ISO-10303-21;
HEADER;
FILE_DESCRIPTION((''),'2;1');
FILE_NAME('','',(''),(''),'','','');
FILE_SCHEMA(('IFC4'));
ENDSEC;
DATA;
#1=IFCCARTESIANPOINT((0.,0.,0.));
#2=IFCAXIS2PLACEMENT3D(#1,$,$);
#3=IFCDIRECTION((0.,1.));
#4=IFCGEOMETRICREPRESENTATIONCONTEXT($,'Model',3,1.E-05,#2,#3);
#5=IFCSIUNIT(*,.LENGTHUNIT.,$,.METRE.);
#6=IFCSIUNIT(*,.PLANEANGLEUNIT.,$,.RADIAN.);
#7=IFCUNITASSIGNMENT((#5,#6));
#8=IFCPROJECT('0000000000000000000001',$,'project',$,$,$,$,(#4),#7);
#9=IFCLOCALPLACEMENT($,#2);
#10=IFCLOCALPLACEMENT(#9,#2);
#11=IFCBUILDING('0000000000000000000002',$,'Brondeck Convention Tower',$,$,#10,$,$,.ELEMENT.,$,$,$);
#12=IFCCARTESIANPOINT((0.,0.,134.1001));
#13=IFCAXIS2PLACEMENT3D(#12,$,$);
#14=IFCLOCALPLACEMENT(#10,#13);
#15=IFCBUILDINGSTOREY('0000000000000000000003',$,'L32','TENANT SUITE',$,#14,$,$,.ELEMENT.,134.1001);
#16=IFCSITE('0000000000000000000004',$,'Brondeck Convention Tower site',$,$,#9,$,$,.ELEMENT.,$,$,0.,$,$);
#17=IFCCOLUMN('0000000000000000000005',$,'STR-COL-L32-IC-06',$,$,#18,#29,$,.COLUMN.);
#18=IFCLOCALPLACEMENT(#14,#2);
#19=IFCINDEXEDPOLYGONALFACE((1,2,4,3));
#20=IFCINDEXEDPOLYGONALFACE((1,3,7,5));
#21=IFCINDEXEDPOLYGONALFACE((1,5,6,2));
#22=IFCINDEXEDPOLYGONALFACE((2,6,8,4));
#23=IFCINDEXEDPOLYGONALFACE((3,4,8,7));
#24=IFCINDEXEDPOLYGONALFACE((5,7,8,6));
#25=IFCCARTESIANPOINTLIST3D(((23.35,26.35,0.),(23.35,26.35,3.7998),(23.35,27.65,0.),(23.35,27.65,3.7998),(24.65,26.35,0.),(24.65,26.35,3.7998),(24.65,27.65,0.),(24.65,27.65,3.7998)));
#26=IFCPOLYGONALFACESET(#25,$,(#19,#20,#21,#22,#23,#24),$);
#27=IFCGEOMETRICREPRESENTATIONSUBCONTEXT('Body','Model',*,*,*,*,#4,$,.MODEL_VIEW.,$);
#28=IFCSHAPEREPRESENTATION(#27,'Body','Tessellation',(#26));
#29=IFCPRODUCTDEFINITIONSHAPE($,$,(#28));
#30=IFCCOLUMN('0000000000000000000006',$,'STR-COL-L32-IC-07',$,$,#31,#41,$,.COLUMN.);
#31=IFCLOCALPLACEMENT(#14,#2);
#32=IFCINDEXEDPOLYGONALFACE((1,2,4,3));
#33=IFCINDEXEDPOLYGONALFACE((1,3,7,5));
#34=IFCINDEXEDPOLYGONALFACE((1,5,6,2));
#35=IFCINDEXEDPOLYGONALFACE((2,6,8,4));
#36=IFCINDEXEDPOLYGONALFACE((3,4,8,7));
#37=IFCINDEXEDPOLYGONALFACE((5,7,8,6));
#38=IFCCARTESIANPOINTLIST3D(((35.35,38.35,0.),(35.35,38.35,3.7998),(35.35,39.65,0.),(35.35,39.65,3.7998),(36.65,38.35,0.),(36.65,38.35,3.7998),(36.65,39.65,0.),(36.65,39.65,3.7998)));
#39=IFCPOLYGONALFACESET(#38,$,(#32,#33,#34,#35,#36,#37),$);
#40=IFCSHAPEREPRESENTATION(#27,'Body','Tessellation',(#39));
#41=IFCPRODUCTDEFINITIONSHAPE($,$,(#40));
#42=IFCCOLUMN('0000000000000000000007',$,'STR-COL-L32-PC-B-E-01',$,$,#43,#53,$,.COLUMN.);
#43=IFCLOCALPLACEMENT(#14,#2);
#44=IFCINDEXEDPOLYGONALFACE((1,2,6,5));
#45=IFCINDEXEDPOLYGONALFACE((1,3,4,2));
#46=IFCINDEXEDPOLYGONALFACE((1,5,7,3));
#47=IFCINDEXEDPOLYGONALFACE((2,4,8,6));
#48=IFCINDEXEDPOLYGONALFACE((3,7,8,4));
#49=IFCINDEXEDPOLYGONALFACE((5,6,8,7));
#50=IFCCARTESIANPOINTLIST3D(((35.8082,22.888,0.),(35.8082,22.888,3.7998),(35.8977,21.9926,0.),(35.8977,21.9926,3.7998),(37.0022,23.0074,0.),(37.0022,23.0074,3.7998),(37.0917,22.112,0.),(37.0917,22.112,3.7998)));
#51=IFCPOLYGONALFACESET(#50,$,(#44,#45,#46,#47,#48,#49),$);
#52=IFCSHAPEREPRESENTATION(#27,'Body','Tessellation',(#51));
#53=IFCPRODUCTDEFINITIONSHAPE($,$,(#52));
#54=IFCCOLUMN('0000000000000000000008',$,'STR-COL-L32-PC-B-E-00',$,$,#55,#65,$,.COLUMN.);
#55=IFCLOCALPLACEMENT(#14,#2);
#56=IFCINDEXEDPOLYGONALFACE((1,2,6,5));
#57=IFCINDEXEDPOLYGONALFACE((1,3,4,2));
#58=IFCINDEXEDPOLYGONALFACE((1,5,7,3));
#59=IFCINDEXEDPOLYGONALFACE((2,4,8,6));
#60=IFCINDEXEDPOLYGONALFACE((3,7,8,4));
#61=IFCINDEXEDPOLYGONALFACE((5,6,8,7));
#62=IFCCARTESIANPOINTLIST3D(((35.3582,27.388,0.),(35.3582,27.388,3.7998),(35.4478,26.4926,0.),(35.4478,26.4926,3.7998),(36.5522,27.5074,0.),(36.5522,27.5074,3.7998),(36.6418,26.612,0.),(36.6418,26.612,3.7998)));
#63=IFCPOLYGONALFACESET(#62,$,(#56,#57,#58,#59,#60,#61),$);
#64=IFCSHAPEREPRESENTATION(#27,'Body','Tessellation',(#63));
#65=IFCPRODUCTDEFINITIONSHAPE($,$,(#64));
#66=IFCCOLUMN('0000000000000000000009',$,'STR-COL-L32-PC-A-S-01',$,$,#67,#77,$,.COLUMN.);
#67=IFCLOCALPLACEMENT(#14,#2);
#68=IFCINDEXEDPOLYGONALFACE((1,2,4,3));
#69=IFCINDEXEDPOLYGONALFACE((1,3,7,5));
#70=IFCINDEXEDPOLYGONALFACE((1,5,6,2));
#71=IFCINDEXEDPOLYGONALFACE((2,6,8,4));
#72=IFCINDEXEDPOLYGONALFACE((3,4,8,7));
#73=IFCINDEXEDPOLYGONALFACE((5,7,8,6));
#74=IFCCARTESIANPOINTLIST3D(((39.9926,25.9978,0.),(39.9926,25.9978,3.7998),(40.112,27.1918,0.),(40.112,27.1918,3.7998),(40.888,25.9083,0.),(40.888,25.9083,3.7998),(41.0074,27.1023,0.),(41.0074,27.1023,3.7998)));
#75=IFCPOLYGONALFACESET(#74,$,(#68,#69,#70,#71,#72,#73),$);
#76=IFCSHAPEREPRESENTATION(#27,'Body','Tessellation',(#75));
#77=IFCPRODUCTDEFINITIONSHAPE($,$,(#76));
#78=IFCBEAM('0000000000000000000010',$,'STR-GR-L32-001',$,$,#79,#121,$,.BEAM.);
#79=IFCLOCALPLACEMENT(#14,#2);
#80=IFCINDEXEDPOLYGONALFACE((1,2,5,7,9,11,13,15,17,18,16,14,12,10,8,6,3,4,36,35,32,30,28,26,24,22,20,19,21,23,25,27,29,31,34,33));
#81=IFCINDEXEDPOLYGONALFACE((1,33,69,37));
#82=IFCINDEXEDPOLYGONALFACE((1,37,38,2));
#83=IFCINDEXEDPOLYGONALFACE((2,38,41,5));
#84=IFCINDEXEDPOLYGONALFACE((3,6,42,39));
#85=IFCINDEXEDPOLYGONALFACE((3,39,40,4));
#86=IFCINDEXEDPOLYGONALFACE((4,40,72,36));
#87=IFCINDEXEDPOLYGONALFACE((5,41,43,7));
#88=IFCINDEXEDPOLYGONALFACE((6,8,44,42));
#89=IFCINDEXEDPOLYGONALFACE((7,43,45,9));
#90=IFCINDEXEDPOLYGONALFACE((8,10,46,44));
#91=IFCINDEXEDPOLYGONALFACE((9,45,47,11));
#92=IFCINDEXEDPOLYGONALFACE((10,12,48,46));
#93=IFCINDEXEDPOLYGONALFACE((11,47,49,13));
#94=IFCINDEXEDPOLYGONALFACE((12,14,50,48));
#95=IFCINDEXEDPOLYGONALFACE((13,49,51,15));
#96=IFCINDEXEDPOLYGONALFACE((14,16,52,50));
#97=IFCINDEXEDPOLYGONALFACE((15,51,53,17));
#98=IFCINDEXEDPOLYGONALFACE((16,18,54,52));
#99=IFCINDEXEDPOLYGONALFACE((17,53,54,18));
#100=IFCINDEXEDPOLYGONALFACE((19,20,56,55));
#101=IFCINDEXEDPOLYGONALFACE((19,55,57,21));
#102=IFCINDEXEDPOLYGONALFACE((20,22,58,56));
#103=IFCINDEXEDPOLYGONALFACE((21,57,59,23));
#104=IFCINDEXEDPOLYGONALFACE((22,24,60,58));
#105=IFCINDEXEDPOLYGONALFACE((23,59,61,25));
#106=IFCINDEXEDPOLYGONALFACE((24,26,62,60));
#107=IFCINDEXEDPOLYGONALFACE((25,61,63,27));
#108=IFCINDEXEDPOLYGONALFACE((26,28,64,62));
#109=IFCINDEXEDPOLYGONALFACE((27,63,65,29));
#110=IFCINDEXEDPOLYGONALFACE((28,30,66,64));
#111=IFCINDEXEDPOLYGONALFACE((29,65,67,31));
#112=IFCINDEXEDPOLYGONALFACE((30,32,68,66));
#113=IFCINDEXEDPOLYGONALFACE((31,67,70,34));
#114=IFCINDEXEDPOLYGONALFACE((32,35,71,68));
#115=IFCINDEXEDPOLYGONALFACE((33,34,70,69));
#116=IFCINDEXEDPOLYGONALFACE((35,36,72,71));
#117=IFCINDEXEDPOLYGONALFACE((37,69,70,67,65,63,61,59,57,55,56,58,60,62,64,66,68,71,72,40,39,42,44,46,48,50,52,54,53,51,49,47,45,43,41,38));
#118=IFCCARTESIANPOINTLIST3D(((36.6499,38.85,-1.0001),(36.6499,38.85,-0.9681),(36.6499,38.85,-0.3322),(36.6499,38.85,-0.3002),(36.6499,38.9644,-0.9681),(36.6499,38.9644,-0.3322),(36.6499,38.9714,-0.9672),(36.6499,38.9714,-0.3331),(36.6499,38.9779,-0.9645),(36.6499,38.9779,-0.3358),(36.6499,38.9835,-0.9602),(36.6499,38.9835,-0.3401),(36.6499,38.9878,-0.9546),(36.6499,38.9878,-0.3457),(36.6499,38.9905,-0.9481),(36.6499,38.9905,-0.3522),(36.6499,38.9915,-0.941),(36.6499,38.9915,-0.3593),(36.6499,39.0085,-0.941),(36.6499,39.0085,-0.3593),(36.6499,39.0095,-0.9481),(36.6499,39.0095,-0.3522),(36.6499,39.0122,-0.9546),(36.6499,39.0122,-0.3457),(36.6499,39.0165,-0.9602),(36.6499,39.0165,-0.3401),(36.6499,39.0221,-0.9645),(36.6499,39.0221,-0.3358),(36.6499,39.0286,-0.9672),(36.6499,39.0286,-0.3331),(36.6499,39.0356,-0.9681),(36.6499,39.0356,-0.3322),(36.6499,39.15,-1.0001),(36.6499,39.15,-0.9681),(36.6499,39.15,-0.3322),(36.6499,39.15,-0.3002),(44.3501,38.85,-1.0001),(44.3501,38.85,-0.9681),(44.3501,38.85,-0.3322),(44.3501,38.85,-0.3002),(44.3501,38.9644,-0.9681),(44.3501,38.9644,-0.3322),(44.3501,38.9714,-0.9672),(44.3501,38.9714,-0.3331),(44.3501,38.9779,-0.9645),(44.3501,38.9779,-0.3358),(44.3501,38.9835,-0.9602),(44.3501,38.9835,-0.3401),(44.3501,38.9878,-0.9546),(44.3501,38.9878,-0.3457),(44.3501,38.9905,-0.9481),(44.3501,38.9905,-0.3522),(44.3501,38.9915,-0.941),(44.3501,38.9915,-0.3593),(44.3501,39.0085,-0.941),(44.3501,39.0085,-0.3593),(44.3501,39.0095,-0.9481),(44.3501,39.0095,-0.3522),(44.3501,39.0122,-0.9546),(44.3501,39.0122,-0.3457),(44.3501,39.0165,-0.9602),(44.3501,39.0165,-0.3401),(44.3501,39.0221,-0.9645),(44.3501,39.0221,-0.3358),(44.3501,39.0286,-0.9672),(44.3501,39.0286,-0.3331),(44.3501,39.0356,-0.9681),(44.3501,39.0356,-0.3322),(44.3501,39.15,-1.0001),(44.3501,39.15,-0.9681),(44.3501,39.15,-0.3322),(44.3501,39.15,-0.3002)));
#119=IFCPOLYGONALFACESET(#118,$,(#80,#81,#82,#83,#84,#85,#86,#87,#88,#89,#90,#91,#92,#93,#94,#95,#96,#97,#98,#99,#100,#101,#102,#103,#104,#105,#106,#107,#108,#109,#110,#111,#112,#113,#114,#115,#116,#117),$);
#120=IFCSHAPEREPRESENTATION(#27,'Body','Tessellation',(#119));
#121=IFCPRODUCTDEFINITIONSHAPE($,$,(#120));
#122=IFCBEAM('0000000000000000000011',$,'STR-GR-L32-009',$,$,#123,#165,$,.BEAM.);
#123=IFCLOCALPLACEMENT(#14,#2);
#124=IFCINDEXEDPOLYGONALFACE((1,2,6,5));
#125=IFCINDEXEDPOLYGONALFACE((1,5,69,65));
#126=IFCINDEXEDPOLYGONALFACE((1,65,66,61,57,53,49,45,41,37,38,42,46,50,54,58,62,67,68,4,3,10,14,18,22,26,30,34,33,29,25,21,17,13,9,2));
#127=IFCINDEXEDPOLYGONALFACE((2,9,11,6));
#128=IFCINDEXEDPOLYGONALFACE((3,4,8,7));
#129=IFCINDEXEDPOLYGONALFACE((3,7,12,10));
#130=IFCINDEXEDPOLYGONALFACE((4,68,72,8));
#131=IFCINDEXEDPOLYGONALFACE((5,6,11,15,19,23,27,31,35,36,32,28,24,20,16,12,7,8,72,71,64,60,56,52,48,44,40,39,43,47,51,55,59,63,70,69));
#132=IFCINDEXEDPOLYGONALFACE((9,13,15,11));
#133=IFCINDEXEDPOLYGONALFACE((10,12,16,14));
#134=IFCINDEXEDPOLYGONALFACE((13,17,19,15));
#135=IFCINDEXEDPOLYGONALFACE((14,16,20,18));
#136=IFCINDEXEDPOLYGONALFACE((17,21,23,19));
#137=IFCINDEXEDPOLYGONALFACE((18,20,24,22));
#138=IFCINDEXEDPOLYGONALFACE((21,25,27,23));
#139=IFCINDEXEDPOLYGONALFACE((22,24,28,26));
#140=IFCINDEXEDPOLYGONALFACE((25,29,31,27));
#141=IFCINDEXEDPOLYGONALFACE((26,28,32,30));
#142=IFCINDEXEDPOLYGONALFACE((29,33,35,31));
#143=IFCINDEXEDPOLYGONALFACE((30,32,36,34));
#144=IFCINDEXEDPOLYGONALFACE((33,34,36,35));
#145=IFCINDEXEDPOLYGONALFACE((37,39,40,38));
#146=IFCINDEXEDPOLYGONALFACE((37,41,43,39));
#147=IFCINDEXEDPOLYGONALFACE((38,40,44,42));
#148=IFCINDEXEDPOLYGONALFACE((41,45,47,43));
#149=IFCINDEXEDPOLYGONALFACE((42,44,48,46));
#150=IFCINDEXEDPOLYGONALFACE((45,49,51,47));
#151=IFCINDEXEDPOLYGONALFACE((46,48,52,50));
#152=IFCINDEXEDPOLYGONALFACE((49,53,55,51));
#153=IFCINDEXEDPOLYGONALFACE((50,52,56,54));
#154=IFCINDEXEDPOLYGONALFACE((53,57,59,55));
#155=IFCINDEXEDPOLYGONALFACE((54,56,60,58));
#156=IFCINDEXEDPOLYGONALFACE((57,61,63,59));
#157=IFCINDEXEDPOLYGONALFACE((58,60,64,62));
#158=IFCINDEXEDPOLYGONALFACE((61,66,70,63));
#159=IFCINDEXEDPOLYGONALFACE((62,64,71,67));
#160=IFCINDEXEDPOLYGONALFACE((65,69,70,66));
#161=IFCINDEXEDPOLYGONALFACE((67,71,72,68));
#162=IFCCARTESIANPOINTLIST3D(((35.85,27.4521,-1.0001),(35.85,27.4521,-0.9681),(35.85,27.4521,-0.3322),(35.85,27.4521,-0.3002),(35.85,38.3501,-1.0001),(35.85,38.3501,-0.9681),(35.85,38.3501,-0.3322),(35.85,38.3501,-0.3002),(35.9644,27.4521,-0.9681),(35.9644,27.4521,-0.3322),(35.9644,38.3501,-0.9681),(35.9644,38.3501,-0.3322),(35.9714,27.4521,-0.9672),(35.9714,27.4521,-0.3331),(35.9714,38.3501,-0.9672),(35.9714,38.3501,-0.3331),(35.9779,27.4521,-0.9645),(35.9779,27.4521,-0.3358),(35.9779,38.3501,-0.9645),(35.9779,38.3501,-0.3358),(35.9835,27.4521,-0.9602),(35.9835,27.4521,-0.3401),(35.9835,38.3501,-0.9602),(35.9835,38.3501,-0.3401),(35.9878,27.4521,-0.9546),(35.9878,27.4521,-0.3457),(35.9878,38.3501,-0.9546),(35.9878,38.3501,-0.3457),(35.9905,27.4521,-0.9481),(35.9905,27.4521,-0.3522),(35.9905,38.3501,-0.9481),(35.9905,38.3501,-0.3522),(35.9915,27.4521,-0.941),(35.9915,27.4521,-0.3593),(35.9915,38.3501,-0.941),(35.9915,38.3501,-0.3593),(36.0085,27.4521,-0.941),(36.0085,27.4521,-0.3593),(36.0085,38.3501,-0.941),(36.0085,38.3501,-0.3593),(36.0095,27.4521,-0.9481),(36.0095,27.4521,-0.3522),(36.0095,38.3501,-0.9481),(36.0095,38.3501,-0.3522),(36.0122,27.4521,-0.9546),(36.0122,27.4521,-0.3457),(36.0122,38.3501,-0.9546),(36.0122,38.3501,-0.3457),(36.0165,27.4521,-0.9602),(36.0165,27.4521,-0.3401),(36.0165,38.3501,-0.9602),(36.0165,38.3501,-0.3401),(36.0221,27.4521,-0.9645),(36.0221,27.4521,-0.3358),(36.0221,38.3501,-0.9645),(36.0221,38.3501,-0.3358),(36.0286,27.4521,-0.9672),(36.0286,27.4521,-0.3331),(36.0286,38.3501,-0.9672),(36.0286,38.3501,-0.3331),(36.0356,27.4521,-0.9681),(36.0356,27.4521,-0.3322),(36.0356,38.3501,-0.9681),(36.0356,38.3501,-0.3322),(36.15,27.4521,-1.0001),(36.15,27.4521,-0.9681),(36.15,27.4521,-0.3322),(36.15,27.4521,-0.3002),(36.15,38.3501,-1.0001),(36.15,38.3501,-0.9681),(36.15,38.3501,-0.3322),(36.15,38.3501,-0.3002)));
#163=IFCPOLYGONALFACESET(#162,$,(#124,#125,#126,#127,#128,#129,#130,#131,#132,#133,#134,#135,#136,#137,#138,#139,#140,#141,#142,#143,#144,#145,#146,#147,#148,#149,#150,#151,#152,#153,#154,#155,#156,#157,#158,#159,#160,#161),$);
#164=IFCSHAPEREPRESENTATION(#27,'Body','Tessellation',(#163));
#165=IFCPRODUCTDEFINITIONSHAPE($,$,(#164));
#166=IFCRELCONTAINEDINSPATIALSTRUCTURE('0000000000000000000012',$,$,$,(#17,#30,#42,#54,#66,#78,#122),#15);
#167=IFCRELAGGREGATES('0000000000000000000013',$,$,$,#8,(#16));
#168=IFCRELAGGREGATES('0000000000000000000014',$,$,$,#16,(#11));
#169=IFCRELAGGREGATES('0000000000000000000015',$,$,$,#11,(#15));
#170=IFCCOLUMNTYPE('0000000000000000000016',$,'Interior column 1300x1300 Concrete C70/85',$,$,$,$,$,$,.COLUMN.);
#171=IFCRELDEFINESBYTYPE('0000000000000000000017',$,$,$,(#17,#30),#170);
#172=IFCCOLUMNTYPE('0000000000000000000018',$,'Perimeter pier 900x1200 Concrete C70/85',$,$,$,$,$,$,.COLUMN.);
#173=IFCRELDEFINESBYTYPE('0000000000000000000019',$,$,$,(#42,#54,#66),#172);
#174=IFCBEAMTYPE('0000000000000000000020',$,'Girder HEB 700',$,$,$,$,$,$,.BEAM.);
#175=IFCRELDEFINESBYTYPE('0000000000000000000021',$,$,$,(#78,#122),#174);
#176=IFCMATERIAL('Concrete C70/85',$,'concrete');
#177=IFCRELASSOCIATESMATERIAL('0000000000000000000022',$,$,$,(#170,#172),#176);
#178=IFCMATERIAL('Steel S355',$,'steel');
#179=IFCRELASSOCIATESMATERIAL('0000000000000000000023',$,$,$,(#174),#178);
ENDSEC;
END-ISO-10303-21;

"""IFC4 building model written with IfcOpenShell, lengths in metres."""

from ifc_helpers import new_model, si_unit, direction, frame, origin, origin_2d, place, context, subcontext, project, spatial, rectangle, i_section, extrude, material, material_profile, profile_set, type_object, element, save


model = new_model("IFC4")

# Units and contexts
model_context = context("Model", 3, precision=1e-05, world=origin(), true_north=direction((0.0, 1.0)))
body_context = subcontext(model_context, "Body", "Model", "MODEL_VIEW")
ifc_project = project(units=[si_unit("LENGTHUNIT", "METRE"), si_unit("PLANEANGLEUNIT", "RADIAN")], contexts=[model_context])

# Site, building, storey
site_placement = place(None, origin())
site = spatial("IfcSite", under=ifc_project, at=site_placement, Name="Brondeck Convention Tower site", CompositionType="ELEMENT", RefElevation=0.0)
building_placement = place(site_placement, origin())
building = spatial("IfcBuilding", under=site, at=building_placement, Name="Brondeck Convention Tower", CompositionType="ELEMENT")
storey_placement = place(building_placement, frame((0.0, 0.0, 134.1001)))
storey = spatial("IfcBuildingStorey", under=building, at=storey_placement, Name="L32", Description="TENANT SUITE", CompositionType="ELEMENT", Elevation=134.1001)

# Columns
ifc_material_1 = material(Name="Concrete C70/85", Category="concrete")
ifc_material_profile_1 = material_profile(ifc_material_1, rectangle(XDim=1.3, YDim=1.3, at=origin_2d()), Name="Interior column 1300x1300 Concrete C70/85")
ifc_profile_set_1 = profile_set([ifc_material_profile_1], Name="Concrete C70/85")
column_type_1 = type_object("IfcColumnType", Name="Interior column 1300x1300 Concrete C70/85", PredefinedType="COLUMN", material=ifc_profile_set_1)
for number, where, z_axis, x_axis, name in (
    (1, (24.0, 27.0, 0.0), (0.0, 0.0, 1.0), (1.0, 0.0, 0.0), "STR-COL-L32-IC-06"),
    (2, (36.0, 39.0, 0.0), (0.0, 0.0, 1.0), (1.0, 0.0, 0.0), "STR-COL-L32-IC-07"),
):
    element("IfcColumn", number, at=place(storey_placement, frame(where, z_axis=z_axis, x_axis=x_axis)), inside=storey, type_object=column_type_1, Name=name, PredefinedType="COLUMN", context=body_context, shape_type="SweptSolid", body=[
        extrude(rectangle(XDim=1.3, YDim=1.3, at=origin_2d()), origin(), (0.0, 0.0, 1.0), 3.7998),
    ])
ifc_material_profile_2 = material_profile(ifc_material_1, rectangle(XDim=0.8999, YDim=1.2, at=origin_2d()), Name="Perimeter pier 900x1200 Concrete C70/85")
ifc_profile_set_2 = profile_set([ifc_material_profile_2], Name="Concrete C70/85")
column_type_2 = type_object("IfcColumnType", Name="Perimeter pier 900x1200 Concrete C70/85", PredefinedType="COLUMN", material=ifc_profile_set_2)
for number, where, z_axis, x_axis, name in (
    (3, (36.45, 22.5, 0.0), (0.0, 0.0, 1.0), (-0.099504, 0.995037, 0.0), "STR-COL-L32-PC-B-E-01"),
    (4, (36.0, 27.0, 0.0), (0.0, 0.0, 1.0), (-0.099504, 0.995037, 0.0), "STR-COL-L32-PC-B-E-00"),
    (5, (40.5, 26.55, 0.0), (0.0, 0.0, 1.0), (0.995037, -0.099504, 0.0), "STR-COL-L32-PC-A-S-01"),
):
    element("IfcColumn", number, at=place(storey_placement, frame(where, z_axis=z_axis, x_axis=x_axis)), inside=storey, type_object=column_type_2, Name=name, PredefinedType="COLUMN", context=body_context, shape_type="SweptSolid", body=[
        extrude(rectangle(XDim=0.8999, YDim=1.2, at=origin_2d()), origin(), (0.0, 0.0, 1.0), 3.7998),
    ])

# Beams
ifc_material_2 = material(Name="Steel S355", Category="steel")
ifc_material_profile_3 = material_profile(ifc_material_2, i_section(OverallWidth=0.3, OverallDepth=0.7, WebThickness=0.0171, FlangeThickness=0.032, FilletRadius=0.0271, at=origin_2d()), Name="HEB 700")
ifc_profile_set_3 = profile_set([ifc_material_profile_3], Name="Steel S355")
beam_type_1 = type_object("IfcBeamType", Name="Girder HEB 700", PredefinedType="BEAM", material=ifc_profile_set_3)
beam_1_placement = place(storey_placement, frame((36.6499, 39.0, -0.6501), z_axis=(1.0, 0.0, 0.0), x_axis=(0.0, 1.0, 0.0)))
element("IfcBeam", 6, at=beam_1_placement, inside=storey, type_object=beam_type_1, Name="STR-GR-L32-001", PredefinedType="BEAM", context=body_context, shape_type="SweptSolid", body=[
    extrude(i_section(OverallWidth=0.3, OverallDepth=0.7, WebThickness=0.0171, FlangeThickness=0.032, FilletRadius=0.0271, at=origin_2d()), origin(), (0.0, 0.0, 1.0), 7.7002),
])
beam_2_placement = place(storey_placement, frame((36.0, 27.4521, -0.6501), z_axis=(0.0, 1.0, 0.0), x_axis=(-1.0, 0.0, 0.0)))
element("IfcBeam", 7, at=beam_2_placement, inside=storey, type_object=beam_type_1, Name="STR-GR-L32-009", PredefinedType="BEAM", context=body_context, shape_type="SweptSolid", body=[
    extrude(i_section(OverallWidth=0.3, OverallDepth=0.7, WebThickness=0.0171, FlangeThickness=0.032, FilletRadius=0.0271, at=origin_2d()), origin(), (0.0, 0.0, 1.0), 10.8979),
])

save(model, "model.ifc")
